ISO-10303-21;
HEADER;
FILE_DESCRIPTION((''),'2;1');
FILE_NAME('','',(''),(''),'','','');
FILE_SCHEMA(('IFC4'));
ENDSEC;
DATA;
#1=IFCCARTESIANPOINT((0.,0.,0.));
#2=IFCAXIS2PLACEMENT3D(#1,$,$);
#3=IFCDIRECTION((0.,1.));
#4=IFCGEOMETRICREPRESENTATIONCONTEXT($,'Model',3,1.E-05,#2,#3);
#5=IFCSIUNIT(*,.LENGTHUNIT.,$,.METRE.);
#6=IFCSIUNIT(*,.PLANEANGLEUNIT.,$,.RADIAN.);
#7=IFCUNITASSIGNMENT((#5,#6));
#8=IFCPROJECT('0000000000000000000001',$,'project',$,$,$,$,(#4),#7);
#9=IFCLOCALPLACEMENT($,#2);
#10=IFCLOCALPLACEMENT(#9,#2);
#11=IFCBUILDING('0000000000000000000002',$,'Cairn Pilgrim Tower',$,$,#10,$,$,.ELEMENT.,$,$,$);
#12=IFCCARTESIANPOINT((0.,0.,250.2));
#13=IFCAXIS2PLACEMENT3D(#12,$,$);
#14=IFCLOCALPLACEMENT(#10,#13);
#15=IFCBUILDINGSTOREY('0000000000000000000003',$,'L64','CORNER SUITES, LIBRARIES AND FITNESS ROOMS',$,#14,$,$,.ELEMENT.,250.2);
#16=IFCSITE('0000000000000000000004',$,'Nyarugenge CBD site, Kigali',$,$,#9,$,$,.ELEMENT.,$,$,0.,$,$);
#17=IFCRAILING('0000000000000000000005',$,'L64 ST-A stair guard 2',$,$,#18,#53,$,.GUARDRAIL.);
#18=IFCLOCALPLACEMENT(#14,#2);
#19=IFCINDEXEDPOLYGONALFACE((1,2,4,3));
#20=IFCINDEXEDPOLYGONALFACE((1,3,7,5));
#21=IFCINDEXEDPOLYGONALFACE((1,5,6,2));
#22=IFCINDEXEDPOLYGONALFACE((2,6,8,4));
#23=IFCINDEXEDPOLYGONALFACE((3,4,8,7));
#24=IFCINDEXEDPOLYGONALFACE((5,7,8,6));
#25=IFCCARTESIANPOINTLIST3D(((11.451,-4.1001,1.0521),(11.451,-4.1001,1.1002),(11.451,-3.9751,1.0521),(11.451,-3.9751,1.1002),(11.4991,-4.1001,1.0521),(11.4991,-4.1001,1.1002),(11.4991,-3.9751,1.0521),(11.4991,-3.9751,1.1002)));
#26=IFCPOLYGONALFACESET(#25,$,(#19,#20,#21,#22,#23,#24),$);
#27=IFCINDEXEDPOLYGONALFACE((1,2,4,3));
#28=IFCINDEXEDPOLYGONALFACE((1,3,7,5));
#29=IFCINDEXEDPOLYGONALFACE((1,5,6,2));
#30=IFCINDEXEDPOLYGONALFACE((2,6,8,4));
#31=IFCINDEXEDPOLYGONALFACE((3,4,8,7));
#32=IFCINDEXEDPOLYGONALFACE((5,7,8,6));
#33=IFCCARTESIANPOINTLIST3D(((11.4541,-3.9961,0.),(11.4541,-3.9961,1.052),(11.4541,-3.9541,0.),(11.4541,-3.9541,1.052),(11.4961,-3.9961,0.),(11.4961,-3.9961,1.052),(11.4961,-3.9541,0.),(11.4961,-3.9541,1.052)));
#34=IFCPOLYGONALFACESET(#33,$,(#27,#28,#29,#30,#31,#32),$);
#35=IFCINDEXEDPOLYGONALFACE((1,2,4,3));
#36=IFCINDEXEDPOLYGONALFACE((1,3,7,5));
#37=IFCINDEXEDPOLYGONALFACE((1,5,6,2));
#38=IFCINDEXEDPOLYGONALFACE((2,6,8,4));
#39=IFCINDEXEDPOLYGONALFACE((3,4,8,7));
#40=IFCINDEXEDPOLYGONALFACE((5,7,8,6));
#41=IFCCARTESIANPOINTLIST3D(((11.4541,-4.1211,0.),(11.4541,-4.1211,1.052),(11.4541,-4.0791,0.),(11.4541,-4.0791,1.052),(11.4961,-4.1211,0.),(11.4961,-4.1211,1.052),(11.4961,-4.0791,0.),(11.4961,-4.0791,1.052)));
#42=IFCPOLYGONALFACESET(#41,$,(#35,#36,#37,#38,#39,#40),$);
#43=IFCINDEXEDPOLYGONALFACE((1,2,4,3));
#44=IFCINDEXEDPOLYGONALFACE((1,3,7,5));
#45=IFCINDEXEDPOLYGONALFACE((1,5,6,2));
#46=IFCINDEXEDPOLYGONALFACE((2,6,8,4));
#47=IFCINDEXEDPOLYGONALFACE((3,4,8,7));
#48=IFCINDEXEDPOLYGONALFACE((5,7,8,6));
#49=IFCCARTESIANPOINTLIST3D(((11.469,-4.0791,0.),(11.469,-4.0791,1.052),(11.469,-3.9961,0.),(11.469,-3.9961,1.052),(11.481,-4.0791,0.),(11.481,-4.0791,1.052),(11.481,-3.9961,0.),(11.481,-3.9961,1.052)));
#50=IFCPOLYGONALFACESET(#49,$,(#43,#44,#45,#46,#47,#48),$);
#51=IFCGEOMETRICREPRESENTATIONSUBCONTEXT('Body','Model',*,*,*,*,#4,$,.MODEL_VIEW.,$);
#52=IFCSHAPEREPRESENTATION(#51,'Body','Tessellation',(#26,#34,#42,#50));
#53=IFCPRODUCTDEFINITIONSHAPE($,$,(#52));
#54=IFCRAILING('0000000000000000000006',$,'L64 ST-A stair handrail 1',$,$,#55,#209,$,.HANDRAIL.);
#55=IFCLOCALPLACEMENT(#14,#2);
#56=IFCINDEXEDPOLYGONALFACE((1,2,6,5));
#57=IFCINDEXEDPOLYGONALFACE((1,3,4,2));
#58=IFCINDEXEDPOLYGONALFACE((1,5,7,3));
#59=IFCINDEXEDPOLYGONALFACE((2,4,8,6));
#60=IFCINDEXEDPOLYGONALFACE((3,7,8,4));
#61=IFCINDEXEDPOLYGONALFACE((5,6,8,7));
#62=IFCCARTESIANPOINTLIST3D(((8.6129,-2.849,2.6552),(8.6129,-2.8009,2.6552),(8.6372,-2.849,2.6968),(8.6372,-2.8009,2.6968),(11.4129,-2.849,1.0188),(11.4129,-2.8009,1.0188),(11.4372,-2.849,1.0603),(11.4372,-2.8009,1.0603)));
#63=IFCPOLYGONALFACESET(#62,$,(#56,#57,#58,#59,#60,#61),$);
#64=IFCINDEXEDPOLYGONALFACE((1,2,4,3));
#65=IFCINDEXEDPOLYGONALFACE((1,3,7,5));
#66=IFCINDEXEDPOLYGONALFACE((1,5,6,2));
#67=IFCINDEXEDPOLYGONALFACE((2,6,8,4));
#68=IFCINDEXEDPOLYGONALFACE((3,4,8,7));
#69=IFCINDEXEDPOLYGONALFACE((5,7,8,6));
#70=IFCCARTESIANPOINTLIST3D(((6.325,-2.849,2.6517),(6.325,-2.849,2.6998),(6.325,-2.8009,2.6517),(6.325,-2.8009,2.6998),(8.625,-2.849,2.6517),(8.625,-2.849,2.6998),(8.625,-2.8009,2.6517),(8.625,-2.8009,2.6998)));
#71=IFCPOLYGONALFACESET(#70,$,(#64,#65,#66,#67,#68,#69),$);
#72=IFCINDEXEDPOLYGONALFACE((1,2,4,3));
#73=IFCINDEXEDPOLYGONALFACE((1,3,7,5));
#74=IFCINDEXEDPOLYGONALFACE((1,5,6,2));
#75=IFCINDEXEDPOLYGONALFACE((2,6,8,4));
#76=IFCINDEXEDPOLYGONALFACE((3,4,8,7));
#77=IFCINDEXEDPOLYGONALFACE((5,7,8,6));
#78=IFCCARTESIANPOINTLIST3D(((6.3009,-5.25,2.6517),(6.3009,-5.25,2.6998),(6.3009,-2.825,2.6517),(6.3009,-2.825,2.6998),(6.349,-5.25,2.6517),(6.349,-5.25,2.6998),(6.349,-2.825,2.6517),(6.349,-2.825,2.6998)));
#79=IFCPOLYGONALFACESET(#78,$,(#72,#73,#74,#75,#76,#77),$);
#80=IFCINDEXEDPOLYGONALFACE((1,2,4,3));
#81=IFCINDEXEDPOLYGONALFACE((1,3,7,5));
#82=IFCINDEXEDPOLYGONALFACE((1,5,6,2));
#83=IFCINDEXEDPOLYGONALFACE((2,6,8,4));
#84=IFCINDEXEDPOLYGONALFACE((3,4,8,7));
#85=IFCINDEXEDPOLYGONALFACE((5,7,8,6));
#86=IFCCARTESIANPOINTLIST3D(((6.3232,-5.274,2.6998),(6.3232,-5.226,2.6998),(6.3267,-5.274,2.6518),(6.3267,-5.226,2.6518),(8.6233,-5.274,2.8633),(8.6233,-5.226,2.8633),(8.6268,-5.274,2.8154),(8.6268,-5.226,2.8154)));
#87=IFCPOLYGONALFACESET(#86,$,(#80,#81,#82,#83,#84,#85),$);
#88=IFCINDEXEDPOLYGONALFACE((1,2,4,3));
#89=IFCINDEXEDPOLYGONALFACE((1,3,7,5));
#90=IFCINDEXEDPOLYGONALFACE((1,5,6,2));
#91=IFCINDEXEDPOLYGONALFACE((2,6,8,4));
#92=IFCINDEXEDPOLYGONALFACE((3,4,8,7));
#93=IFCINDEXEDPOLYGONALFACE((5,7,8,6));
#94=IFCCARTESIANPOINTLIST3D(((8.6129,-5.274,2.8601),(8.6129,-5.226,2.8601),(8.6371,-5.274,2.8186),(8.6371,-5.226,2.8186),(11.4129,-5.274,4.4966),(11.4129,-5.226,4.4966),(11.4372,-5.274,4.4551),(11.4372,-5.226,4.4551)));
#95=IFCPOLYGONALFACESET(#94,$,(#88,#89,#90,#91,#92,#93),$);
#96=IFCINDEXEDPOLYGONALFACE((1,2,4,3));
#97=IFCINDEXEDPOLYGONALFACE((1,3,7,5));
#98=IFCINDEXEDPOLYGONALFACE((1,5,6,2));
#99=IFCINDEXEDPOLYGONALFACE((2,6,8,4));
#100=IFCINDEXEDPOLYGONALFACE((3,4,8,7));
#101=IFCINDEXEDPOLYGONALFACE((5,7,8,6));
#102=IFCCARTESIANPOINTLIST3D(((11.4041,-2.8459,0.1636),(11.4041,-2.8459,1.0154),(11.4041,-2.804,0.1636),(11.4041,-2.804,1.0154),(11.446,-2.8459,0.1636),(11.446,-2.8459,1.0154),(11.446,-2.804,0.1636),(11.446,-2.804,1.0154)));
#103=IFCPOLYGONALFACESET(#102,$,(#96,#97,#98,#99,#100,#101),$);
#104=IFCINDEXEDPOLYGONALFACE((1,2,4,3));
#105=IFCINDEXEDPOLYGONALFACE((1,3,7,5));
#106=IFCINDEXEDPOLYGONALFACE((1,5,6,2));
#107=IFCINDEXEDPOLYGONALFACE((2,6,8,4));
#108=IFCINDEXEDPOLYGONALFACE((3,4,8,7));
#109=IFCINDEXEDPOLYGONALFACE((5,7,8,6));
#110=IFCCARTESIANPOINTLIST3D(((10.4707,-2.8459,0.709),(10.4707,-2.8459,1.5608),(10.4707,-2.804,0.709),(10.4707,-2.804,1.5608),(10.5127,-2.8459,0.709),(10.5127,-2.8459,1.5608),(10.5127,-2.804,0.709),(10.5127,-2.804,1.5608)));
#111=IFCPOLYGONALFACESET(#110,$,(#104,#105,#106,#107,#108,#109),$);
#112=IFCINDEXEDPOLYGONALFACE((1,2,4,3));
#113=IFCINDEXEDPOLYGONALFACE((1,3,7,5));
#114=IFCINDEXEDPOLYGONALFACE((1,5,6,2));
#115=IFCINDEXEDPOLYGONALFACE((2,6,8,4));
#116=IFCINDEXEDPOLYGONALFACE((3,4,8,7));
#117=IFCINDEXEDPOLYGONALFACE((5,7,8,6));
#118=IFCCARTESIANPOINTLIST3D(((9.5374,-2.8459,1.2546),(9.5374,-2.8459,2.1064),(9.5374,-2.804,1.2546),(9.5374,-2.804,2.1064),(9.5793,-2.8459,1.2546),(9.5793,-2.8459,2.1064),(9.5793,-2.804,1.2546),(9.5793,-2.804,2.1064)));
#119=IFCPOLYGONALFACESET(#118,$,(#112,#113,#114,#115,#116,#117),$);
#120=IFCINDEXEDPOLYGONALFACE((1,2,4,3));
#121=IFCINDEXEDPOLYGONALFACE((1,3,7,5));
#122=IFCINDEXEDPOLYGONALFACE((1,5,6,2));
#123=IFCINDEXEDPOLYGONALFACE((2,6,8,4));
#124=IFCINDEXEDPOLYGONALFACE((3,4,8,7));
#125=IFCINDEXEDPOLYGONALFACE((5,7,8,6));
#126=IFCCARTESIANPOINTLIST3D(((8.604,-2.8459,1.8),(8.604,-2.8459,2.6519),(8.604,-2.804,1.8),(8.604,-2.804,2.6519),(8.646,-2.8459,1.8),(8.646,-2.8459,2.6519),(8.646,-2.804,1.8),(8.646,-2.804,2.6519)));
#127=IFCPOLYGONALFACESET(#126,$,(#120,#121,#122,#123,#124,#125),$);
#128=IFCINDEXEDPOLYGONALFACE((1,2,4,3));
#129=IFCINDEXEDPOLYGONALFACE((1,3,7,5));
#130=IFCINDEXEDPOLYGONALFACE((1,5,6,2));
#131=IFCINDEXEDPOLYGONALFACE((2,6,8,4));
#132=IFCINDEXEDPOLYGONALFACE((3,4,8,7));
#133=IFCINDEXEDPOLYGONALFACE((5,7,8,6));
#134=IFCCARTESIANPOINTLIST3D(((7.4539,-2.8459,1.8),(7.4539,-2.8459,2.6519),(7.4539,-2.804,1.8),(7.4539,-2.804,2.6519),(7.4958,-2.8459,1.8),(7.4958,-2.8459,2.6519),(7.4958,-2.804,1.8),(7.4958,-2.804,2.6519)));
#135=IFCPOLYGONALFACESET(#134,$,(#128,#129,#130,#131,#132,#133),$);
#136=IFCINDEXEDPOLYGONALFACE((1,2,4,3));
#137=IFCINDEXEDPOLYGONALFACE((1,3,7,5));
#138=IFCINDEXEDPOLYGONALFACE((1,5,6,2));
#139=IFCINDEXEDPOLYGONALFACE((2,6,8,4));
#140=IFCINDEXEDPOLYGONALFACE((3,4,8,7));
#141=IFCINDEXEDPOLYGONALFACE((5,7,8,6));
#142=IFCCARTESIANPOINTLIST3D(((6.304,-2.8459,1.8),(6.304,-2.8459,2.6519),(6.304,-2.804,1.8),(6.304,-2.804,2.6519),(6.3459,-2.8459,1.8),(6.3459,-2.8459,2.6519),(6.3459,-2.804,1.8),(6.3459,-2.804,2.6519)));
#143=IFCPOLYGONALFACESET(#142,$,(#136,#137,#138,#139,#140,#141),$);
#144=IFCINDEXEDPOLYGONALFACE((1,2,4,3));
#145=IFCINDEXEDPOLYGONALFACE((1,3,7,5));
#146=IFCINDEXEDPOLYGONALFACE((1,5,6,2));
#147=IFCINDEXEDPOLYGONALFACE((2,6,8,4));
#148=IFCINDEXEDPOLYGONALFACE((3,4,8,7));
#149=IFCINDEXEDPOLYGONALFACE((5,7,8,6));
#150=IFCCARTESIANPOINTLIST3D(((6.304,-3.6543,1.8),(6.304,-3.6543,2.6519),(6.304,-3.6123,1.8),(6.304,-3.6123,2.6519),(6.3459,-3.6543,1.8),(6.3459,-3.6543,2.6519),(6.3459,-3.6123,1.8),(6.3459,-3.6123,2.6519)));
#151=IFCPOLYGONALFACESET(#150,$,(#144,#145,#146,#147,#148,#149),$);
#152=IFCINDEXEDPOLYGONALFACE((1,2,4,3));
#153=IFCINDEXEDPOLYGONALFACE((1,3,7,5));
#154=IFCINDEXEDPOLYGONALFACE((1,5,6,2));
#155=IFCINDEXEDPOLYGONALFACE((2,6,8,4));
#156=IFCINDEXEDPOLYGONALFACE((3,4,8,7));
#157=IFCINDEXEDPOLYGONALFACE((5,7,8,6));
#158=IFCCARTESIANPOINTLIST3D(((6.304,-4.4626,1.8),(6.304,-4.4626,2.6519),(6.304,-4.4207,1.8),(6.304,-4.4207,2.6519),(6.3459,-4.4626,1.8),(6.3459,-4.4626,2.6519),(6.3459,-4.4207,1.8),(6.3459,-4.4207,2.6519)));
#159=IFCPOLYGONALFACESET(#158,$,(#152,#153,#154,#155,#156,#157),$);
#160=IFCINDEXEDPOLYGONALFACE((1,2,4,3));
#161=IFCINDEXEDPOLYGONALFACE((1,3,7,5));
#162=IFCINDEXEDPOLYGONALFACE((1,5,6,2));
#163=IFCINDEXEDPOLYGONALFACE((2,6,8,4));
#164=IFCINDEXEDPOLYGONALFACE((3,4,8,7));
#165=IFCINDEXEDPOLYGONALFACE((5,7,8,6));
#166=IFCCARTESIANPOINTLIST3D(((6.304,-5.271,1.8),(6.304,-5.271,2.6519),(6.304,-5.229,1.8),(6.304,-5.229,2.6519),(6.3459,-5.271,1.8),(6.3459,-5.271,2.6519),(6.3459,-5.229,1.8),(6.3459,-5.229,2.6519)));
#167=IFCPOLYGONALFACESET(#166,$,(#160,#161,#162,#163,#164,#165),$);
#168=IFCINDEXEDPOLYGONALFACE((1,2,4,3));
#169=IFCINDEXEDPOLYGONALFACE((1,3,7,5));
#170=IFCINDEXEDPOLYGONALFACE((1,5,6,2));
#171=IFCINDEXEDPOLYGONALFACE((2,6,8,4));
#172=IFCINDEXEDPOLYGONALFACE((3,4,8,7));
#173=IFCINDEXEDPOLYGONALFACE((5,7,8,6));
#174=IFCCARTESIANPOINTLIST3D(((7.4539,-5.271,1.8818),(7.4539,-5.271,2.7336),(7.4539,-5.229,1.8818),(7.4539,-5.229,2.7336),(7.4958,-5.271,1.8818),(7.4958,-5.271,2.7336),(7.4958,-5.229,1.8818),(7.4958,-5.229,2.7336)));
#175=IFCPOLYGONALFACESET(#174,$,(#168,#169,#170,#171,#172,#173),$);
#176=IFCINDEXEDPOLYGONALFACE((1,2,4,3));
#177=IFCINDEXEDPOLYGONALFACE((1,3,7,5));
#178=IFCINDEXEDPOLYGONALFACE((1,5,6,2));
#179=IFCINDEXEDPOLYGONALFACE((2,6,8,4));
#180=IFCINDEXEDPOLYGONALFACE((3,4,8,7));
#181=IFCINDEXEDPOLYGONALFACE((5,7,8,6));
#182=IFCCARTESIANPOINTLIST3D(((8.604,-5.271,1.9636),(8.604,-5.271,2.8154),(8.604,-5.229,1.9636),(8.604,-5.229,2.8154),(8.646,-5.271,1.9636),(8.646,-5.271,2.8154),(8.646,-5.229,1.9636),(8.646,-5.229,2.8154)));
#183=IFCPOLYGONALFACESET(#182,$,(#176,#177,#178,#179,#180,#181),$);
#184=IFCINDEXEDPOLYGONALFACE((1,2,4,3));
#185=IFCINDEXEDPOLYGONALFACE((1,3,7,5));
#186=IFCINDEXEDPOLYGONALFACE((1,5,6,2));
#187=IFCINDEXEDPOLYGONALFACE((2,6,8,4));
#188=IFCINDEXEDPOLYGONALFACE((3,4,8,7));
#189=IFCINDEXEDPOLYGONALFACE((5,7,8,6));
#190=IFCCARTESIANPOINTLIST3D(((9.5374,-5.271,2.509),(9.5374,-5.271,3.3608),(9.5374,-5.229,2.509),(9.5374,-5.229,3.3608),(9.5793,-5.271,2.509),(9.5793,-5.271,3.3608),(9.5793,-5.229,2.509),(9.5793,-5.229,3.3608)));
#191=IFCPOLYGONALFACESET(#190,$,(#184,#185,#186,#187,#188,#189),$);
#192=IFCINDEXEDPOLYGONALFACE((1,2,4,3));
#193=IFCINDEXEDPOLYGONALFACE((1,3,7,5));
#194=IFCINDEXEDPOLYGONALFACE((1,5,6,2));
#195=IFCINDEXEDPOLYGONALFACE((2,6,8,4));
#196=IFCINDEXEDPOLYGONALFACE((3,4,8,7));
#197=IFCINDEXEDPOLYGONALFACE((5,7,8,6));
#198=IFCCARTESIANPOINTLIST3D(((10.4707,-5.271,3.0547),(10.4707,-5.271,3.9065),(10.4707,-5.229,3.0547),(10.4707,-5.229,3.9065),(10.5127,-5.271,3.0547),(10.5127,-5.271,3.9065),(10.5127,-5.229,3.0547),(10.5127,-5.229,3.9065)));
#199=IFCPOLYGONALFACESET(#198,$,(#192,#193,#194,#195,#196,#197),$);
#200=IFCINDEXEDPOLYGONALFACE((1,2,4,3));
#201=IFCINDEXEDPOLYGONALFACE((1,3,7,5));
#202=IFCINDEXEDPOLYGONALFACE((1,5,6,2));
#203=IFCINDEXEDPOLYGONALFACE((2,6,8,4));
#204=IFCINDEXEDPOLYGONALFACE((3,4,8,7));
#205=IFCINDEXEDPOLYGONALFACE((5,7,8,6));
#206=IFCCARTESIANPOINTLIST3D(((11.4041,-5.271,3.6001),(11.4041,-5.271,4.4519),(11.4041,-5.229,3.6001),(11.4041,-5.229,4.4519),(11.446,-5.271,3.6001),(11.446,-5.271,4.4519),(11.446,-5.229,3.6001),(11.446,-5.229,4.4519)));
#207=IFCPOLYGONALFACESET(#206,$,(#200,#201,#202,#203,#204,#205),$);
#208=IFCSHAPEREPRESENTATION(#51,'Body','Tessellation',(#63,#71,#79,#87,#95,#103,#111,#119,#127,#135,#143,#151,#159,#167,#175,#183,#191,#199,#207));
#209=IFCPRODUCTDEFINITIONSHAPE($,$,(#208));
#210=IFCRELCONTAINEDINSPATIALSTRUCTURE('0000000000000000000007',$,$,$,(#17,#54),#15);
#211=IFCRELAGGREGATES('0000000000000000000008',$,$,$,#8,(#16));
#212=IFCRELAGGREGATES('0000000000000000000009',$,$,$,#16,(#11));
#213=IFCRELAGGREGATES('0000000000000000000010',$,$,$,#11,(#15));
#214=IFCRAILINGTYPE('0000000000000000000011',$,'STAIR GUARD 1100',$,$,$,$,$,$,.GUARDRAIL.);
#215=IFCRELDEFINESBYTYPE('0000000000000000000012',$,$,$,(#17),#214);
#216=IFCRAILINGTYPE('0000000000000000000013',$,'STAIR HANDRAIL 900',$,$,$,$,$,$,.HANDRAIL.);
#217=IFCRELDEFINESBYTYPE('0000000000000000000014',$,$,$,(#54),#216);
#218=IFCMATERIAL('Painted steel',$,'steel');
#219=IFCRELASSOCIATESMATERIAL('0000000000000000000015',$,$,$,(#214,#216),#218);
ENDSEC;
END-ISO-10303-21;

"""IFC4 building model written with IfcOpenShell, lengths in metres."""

from ifc_helpers import new_model, si_unit, direction, frame, origin, origin_2d, place, context, subcontext, project, spatial, polyline, rectangle, outline, extrude, material, type_object, element, save


model = new_model("IFC4")

# Units and contexts
model_context = context("Model", 3, precision=1e-05, world=origin(), true_north=direction((0.0, 1.0)))
body_context = subcontext(model_context, "Body", "Model", "MODEL_VIEW")
ifc_project = project(units=[si_unit("LENGTHUNIT", "METRE"), si_unit("PLANEANGLEUNIT", "RADIAN")], contexts=[model_context])

# Site, building, storey
site_placement = place(None, origin())
site = spatial("IfcSite", under=ifc_project, at=site_placement, Name="Nyarugenge CBD site, Kigali", CompositionType="ELEMENT", RefElevation=0.0)
building_placement = place(site_placement, origin())
building = spatial("IfcBuilding", under=site, at=building_placement, Name="Cairn Pilgrim Tower", CompositionType="ELEMENT")
storey_placement = place(building_placement, frame((0.0, 0.0, 250.2)))
storey = spatial("IfcBuildingStorey", under=building, at=storey_placement, Name="L64", Description="CORNER SUITES, LIBRARIES AND FITNESS ROOMS", CompositionType="ELEMENT", Elevation=250.2)

# Shared definitions
ifc_material_1 = material(Name="Painted steel", Category="steel")

# Railings
railing_type_1 = type_object("IfcRailingType", Name="STAIR GUARD 1100", PredefinedType="GUARDRAIL", material=ifc_material_1)
railing_1_placement = place(storey_placement, frame((11.4751, -3.9751, 0.0)))
element("IfcRailing", 1, at=railing_1_placement, inside=storey, type_object=railing_type_1, Name="L64 ST-A stair guard 2", PredefinedType="GUARDRAIL", context=body_context, shape_type="SweptSolid", body=[
    extrude(rectangle(XDim=0.0481, YDim=0.0481, at=origin_2d()), frame((0.0, 0.0, 1.0762), z_axis=(0.0, -1.0, 0.0), x_axis=(1.0, 0.0, 0.0)), (0.0, 0.0, 1.0), 0.125),
    extrude(rectangle(XDim=0.042, YDim=0.042, at=origin_2d()), origin(), (0.0, 0.0, 1.0), 1.052),
    extrude(rectangle(XDim=0.042, YDim=0.042, at=origin_2d()), frame((0.0, -0.125, 0.0)), (0.0, 0.0, 1.0), 1.052),
    extrude(outline(polyline([(0.021, 0.0), (0.104, 0.0), (0.104, 1.052), (0.021, 1.052), (0.021, 0.0)])), frame((0.0059, 0.0, 0.0), z_axis=(-1.0, 0.0, 0.0), x_axis=(0.0, -1.0, 0.0)), (0.0, 0.0, 1.0), 0.012),
])
railing_type_2 = type_object("IfcRailingType", Name="STAIR HANDRAIL 900", PredefinedType="HANDRAIL", material=ifc_material_1)
railing_2_placement = place(storey_placement, frame((11.425, -2.825, 0.1636)))
element("IfcRailing", 2, at=railing_2_placement, inside=storey, type_object=railing_type_2, Name="L64 ST-A stair handrail 1", PredefinedType="HANDRAIL", context=body_context, shape_type="SweptSolid", body=[
    extrude(rectangle(XDim=0.0481, YDim=0.0481, at=origin_2d()), frame((0.0, 0.0, 0.876), z_axis=(-0.863361, 0.0, 0.504587), x_axis=(0.0, -1.0, 0.0)), (0.0, 0.0, 1.0), 3.2432),
    extrude(rectangle(XDim=0.0481, YDim=0.0481, at=origin_2d()), frame((-2.8, 0.0, 2.5122), z_axis=(-1.0, 0.0, 0.0), x_axis=(0.0, -1.0, 0.0)), (0.0, 0.0, 1.0), 2.3),
    extrude(rectangle(XDim=0.0481, YDim=0.0481, at=origin_2d()), frame((-5.1001, 0.0, 2.5122), z_axis=(0.0, -1.0, 0.0), x_axis=(1.0, 0.0, 0.0)), (0.0, 0.0, 1.0), 2.425),
    extrude(rectangle(XDim=0.0481, YDim=0.0481, at=origin_2d()), frame((-5.1001, -2.425, 2.5122), z_axis=(0.997481, 0.0, 0.070939), x_axis=(0.0, 1.0, 0.0)), (0.0, 0.0, 1.0), 2.3059),
    extrude(rectangle(XDim=0.0481, YDim=0.0481, at=origin_2d()), frame((-2.8, -2.425, 2.6758), z_axis=(0.863361, 0.0, 0.504587), x_axis=(0.0, 1.0, 0.0)), (0.0, 0.0, 1.0), 3.2432),
    extrude(rectangle(XDim=0.042, YDim=0.042, at=origin_2d()), origin(), (0.0, 0.0, 1.0), 0.8518),
    extrude(rectangle(XDim=0.042, YDim=0.042, at=origin_2d()), frame((-0.9333, 0.0, 0.5454)), (0.0, 0.0, 1.0), 0.8518),
    extrude(rectangle(XDim=0.042, YDim=0.042, at=origin_2d()), frame((-1.8667, 0.0, 1.0911)), (0.0, 0.0, 1.0), 0.8518),
    extrude(rectangle(XDim=0.042, YDim=0.042, at=origin_2d()), frame((-2.8, 0.0, 1.6365)), (0.0, 0.0, 1.0), 0.8518),
    extrude(rectangle(XDim=0.042, YDim=0.042, at=origin_2d()), frame((-3.9502, 0.0, 1.6365)), (0.0, 0.0, 1.0), 0.8518),
    extrude(rectangle(XDim=0.042, YDim=0.042, at=origin_2d()), frame((-5.1001, 0.0, 1.6365)), (0.0, 0.0, 1.0), 0.8518),
    extrude(rectangle(XDim=0.042, YDim=0.042, at=origin_2d()), frame((-5.1001, -0.8083, 1.6365)), (0.0, 0.0, 1.0), 0.8518),
    extrude(rectangle(XDim=0.042, YDim=0.042, at=origin_2d()), frame((-5.1001, -1.6167, 1.6365)), (0.0, 0.0, 1.0), 0.8518),
    extrude(rectangle(XDim=0.042, YDim=0.042, at=origin_2d()), frame((-5.1001, -2.425, 1.6365)), (0.0, 0.0, 1.0), 0.8518),
    extrude(rectangle(XDim=0.042, YDim=0.042, at=origin_2d()), frame((-3.9502, -2.425, 1.7183)), (0.0, 0.0, 1.0), 0.8518),
    extrude(rectangle(XDim=0.042, YDim=0.042, at=origin_2d()), frame((-2.8, -2.425, 1.8)), (0.0, 0.0, 1.0), 0.8518),
    extrude(rectangle(XDim=0.042, YDim=0.042, at=origin_2d()), frame((-1.8667, -2.425, 2.3455)), (0.0, 0.0, 1.0), 0.8518),
    extrude(rectangle(XDim=0.042, YDim=0.042, at=origin_2d()), frame((-0.9333, -2.425, 2.8911)), (0.0, 0.0, 1.0), 0.8518),
    extrude(rectangle(XDim=0.042, YDim=0.042, at=origin_2d()), frame((0.0, -2.425, 3.4365)), (0.0, 0.0, 1.0), 0.8518),
])

save(model, "model.ifc")
